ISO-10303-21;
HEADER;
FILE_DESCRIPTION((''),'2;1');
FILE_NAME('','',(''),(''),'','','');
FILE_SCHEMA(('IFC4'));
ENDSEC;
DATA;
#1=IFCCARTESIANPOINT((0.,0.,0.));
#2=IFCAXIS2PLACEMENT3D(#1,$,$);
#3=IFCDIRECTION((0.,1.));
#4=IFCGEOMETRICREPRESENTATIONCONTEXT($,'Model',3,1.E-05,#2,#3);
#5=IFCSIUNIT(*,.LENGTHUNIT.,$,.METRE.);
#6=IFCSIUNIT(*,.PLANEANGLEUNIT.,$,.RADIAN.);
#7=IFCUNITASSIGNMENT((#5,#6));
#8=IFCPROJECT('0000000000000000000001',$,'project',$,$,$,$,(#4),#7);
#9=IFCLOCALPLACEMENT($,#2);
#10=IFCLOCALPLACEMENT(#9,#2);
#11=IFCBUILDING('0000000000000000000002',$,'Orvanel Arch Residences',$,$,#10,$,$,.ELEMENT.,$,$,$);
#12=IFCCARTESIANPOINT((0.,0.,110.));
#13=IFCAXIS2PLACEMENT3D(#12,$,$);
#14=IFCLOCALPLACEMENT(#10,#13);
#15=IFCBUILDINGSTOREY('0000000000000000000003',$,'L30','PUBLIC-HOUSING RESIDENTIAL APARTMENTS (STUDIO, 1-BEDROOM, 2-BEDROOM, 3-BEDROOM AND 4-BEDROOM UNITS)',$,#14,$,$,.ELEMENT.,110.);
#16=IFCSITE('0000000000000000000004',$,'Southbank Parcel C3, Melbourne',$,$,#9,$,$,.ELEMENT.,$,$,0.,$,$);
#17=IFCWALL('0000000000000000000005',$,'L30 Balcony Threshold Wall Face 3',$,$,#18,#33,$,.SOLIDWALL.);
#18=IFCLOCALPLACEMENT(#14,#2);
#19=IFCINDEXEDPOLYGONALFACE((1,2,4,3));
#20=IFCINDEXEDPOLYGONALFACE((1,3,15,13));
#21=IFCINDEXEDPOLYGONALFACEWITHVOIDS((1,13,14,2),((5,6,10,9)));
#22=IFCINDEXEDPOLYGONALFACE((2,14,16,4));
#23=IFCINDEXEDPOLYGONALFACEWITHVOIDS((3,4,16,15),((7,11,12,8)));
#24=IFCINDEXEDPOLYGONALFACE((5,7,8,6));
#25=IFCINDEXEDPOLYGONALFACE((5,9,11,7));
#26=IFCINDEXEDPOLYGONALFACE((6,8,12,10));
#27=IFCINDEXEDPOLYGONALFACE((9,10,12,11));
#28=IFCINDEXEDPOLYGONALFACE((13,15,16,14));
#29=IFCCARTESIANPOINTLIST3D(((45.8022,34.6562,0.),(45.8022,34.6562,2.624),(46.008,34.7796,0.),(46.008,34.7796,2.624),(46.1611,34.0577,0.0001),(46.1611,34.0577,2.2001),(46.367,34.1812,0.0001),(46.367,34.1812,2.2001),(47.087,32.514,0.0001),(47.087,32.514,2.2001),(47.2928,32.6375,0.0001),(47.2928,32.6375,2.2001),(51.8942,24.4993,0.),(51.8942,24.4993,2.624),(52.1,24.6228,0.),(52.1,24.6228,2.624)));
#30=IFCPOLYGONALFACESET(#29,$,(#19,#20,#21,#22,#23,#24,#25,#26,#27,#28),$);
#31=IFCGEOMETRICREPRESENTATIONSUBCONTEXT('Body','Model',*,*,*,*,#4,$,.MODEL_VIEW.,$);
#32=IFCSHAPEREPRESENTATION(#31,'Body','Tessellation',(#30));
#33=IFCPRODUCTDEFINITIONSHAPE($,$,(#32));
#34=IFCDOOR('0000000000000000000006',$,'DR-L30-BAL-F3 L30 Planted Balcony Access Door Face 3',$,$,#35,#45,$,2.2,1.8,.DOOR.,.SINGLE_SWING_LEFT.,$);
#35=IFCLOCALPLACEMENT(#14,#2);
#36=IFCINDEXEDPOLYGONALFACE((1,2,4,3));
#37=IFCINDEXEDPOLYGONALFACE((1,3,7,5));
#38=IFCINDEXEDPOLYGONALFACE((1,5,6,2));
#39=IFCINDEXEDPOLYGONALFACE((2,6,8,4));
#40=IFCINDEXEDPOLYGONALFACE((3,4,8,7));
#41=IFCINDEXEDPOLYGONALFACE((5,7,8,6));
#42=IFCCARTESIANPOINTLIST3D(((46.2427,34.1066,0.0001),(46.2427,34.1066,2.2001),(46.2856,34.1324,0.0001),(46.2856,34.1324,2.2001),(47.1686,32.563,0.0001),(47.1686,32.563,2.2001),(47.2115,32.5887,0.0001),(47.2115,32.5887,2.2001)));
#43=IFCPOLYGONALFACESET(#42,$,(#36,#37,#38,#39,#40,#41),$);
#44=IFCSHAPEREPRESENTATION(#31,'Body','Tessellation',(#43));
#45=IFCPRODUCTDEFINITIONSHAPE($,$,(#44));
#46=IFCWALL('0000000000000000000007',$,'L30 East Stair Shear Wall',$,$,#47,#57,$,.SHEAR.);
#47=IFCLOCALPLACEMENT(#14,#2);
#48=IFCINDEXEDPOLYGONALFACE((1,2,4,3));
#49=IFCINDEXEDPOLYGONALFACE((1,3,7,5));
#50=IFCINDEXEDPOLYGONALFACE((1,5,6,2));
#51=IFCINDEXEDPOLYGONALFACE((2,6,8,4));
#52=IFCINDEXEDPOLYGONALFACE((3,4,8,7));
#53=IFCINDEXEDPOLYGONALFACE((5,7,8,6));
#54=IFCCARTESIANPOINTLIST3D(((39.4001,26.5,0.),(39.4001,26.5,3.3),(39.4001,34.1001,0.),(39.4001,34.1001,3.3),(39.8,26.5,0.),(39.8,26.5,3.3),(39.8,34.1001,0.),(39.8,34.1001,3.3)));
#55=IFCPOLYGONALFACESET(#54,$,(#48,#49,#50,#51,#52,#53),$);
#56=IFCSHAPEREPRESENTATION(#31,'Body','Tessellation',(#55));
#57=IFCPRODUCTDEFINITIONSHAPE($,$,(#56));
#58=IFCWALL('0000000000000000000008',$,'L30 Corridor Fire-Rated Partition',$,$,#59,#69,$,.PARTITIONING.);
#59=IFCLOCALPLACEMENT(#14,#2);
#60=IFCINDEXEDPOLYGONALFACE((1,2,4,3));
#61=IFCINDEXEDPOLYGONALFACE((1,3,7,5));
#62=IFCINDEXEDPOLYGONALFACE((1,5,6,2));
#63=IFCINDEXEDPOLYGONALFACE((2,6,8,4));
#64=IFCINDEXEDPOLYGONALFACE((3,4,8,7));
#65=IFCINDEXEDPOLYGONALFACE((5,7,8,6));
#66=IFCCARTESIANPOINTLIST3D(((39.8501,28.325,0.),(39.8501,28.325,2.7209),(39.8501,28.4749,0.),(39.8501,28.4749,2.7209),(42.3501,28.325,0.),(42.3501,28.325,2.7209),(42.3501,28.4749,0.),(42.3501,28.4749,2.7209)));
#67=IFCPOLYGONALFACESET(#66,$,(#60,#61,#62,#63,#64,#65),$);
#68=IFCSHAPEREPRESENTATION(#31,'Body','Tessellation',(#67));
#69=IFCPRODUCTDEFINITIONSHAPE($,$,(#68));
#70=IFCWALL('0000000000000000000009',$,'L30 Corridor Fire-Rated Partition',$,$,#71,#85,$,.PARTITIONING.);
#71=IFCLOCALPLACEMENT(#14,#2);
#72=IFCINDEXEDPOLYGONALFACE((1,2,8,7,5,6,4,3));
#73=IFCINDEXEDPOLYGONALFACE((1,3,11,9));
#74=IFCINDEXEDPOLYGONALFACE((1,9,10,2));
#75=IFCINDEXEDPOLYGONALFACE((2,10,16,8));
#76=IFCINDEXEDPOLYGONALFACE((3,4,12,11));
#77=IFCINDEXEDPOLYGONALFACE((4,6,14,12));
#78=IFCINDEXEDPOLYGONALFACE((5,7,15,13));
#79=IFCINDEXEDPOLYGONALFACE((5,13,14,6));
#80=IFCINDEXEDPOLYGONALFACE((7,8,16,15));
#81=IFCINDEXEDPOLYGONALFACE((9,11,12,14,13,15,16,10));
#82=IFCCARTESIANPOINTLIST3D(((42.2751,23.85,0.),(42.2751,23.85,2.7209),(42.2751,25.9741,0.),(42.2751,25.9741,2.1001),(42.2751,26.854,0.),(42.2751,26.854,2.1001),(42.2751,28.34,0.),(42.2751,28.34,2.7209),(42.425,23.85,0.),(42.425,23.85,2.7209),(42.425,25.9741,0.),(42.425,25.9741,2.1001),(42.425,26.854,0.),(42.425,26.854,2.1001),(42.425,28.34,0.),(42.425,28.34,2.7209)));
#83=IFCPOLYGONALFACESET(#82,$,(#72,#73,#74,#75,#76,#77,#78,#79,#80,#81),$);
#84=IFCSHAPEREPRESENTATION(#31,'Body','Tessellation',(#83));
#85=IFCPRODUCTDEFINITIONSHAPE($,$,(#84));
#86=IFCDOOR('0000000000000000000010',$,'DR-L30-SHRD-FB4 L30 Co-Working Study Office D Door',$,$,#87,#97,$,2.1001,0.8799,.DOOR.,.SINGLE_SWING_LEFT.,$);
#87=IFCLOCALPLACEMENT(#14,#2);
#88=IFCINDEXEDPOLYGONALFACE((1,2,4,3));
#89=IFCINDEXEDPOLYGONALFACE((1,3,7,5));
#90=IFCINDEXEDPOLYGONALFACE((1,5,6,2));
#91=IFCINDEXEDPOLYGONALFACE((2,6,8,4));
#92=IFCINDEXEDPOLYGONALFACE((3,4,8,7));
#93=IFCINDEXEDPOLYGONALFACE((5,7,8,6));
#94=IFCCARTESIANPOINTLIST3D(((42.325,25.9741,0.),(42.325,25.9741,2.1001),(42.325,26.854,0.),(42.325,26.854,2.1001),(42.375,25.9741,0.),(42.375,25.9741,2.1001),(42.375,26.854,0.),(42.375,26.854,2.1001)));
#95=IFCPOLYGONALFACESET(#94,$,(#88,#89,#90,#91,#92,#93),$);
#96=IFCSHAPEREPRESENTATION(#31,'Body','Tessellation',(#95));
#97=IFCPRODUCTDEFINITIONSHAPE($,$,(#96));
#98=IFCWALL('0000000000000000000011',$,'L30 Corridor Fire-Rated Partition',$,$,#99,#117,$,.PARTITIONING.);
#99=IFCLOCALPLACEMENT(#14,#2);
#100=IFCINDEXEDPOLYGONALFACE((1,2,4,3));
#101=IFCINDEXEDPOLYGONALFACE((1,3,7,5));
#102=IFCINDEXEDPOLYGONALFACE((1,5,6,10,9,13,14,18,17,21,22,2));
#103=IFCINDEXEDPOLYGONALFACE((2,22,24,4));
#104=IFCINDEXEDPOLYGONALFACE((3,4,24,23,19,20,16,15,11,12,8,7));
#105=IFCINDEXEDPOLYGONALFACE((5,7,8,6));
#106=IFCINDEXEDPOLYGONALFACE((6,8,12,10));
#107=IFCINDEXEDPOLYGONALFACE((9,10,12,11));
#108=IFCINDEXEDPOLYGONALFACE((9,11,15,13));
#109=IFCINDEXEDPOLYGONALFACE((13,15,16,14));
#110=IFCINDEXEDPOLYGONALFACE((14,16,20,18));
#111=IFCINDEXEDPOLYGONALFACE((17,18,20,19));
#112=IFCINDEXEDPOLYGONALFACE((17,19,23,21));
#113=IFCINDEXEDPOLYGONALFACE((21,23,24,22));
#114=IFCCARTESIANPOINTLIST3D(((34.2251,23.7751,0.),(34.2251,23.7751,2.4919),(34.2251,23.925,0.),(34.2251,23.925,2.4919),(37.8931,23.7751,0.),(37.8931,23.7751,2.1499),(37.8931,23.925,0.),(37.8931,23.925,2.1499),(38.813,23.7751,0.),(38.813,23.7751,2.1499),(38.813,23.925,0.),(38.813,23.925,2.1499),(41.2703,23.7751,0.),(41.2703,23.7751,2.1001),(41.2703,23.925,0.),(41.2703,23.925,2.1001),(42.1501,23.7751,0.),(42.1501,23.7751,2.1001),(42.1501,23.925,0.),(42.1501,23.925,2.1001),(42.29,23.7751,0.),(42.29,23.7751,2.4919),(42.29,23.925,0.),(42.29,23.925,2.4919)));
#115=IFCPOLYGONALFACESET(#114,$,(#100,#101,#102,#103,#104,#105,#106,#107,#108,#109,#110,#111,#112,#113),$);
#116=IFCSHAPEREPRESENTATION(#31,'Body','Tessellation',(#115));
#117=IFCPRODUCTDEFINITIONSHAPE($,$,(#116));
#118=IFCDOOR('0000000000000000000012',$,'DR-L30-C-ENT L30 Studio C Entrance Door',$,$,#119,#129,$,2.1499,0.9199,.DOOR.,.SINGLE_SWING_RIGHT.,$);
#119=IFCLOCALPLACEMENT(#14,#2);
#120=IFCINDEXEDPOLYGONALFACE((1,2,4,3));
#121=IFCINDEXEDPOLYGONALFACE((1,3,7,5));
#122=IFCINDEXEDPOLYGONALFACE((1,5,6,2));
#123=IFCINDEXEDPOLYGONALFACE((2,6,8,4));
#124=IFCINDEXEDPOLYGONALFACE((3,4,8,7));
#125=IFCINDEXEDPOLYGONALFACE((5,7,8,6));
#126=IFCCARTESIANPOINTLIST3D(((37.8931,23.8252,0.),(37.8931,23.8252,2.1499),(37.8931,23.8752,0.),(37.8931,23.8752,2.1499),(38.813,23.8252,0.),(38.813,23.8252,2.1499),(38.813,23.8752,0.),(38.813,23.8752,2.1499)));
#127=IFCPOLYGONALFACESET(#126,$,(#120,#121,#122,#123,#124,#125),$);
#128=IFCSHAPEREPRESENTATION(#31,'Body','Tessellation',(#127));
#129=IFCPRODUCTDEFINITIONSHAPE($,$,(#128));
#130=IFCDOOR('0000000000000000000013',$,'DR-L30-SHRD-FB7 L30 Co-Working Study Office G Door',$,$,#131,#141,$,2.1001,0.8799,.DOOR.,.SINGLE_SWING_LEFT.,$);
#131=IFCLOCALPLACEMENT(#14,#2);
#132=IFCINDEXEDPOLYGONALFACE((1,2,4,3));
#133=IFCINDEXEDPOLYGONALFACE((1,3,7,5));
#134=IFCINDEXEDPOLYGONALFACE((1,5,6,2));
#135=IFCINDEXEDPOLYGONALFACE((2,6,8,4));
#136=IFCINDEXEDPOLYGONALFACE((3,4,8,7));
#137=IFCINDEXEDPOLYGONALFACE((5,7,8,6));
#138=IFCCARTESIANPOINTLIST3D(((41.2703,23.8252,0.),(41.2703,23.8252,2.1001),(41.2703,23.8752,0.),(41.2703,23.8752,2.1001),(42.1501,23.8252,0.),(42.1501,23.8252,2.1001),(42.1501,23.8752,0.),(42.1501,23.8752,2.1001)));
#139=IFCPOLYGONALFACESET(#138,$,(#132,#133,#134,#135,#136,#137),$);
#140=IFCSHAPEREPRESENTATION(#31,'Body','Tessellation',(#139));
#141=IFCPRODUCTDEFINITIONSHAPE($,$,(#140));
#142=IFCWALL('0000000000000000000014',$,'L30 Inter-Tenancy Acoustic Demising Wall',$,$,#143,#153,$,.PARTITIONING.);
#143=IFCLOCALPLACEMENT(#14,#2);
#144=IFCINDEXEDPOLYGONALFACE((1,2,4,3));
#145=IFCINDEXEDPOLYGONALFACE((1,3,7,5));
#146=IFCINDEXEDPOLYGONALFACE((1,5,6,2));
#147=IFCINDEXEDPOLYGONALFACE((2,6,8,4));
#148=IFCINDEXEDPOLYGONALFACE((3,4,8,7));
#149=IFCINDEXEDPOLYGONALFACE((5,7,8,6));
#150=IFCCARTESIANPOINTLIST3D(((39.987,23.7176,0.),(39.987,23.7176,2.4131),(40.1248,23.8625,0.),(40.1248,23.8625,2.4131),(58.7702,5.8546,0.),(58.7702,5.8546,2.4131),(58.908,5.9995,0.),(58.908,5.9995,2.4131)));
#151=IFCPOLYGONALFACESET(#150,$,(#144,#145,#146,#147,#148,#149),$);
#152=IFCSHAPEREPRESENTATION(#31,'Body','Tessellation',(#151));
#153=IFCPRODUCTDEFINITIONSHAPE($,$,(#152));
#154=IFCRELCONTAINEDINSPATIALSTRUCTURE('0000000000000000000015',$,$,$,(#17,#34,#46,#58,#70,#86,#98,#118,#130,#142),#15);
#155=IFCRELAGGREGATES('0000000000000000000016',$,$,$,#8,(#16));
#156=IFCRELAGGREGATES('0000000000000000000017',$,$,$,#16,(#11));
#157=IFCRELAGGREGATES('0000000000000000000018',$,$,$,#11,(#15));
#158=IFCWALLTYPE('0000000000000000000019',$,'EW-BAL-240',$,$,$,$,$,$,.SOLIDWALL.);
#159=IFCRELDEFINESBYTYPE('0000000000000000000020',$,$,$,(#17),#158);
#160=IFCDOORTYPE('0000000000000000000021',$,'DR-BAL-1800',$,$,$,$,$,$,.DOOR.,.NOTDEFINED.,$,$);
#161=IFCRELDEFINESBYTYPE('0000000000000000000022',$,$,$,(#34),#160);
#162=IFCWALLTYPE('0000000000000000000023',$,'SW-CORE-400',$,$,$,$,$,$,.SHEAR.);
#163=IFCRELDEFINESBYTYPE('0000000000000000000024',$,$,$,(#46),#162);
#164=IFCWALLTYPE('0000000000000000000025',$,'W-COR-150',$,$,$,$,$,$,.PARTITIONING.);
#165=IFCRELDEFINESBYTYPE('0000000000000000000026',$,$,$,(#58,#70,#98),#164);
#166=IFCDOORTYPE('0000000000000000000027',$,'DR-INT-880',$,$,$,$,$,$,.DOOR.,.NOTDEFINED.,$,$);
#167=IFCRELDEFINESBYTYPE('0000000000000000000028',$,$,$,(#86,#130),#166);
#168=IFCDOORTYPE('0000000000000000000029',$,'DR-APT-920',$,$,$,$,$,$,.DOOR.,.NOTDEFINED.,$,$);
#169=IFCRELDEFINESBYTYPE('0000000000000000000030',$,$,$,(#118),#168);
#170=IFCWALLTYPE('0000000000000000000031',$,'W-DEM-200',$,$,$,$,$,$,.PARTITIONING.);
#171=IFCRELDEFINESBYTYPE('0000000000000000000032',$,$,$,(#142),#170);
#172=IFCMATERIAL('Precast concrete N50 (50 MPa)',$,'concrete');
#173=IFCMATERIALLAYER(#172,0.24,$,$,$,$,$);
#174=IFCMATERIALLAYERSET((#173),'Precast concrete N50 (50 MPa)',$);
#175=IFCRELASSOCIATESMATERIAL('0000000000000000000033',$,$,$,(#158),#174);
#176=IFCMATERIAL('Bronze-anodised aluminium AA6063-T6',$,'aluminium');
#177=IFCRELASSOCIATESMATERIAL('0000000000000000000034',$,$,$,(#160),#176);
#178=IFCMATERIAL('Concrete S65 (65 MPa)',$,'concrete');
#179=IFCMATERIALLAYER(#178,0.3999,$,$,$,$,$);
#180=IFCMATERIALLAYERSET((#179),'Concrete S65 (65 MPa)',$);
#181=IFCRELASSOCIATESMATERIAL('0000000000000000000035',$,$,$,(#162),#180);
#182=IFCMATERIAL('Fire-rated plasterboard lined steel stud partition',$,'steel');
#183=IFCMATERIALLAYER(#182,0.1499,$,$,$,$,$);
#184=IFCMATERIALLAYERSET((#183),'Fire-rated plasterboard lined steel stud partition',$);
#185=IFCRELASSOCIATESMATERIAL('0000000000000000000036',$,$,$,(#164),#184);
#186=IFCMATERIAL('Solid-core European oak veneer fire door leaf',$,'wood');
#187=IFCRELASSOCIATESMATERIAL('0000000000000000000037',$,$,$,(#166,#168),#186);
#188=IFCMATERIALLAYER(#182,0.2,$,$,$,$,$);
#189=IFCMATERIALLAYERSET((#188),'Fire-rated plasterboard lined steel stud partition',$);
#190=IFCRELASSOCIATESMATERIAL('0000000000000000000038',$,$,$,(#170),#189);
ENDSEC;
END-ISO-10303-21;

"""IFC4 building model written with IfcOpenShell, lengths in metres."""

from ifc_helpers import new_model, si_unit, direction, frame, frame_2d, origin, place, context, subcontext, project, spatial, rectangle, extrude, material, layer, layer_set, type_object, element, fill, save


model = new_model("IFC4")

# Units and contexts
model_context = context("Model", 3, precision=1e-05, world=origin(), true_north=direction((0.0, 1.0)))
body_context = subcontext(model_context, "Body", "Model", "MODEL_VIEW")
ifc_project = project(units=[si_unit("LENGTHUNIT", "METRE"), si_unit("PLANEANGLEUNIT", "RADIAN")], contexts=[model_context])

# Site, building, storey
site_placement = place(None, origin())
site = spatial("IfcSite", under=ifc_project, at=site_placement, Name="Southbank Parcel C3, Melbourne", CompositionType="ELEMENT", RefElevation=0.0)
building_placement = place(site_placement, origin())
building = spatial("IfcBuilding", under=site, at=building_placement, Name="Orvanel Arch Residences", CompositionType="ELEMENT")
storey_placement = place(building_placement, frame((0.0, 0.0, 110.0)))
storey = spatial("IfcBuildingStorey", under=building, at=storey_placement, Name="L30", Description="PUBLIC-HOUSING RESIDENTIAL APARTMENTS (STUDIO, 1-BEDROOM, 2-BEDROOM, 3-BEDROOM AND 4-BEDROOM UNITS)", CompositionType="ELEMENT", Elevation=110.0)

# Shared definitions
ifc_material_1 = material(Name="Bronze-anodised aluminium AA6063-T6", Category="aluminium")

# Wall, opening, door
ifc_material_2 = material(Name="Precast concrete N50 (50 MPa)", Category="concrete")
ifc_layer_1 = layer(ifc_material_2, 0.24)
ifc_layer_set_1 = layer_set([ifc_layer_1], Name="Precast concrete N50 (50 MPa)")
wall_type_1 = type_object("IfcWallType", Name="EW-BAL-240", PredefinedType="SOLIDWALL", material=ifc_layer_set_1)
wall_1_placement = place(storey_placement, frame((51.9971, 24.561, 0.0), z_axis=(0.0, 0.0, 1.0), x_axis=(-0.514362, 0.857573, 0.0)))
wall_1 = element("IfcWall", 1, at=wall_1_placement, inside=storey, type_object=wall_type_1, Name="L30 Balcony Threshold Wall Face 3", PredefinedType="SOLIDWALL", context=body_context, shape_type="SweptSolid", body=[
    extrude(rectangle(XDim=11.8438, YDim=0.24, at=frame_2d((5.9219, 0.0))), origin(), (0.0, 0.0, 1.0), 2.624),
])
opening_1_placement = place(wall_1_placement, frame((9.3459, 0.0, 0.0)))
opening_1 = element("IfcOpeningElement", 2, at=opening_1_placement, cuts=wall_1, PredefinedType="OPENING", context=body_context, shape_type="SweptSolid", body=[
    extrude(rectangle(XDim=1.8, YDim=2.2, at=frame_2d((0.8999, 1.1001))), frame((0.0, 0.1299, 0.0), z_axis=(0.0, -1.0, 0.0), x_axis=(1.0, 0.0, 0.0)), (0.0, 0.0, 1.0), 0.26),
])
door_type_1 = type_object("IfcDoorType", Name="DR-BAL-1800", OperationType="NOTDEFINED", PredefinedType="DOOR", material=ifc_material_1)
door_1_placement = place(opening_1_placement, origin())
door_1 = element("IfcDoor", 3, at=door_1_placement, inside=storey, type_object=door_type_1, Name="DR-L30-BAL-F3 L30 Planted Balcony Access Door Face 3", OperationType="SINGLE_SWING_LEFT", OverallHeight=2.2, OverallWidth=1.8, PredefinedType="DOOR", context=body_context, shape_type="SweptSolid", body=[
    extrude(rectangle(XDim=1.8, YDim=2.2, at=frame_2d((0.8999, 1.1001))), frame((0.0, 0.0249, 0.0), z_axis=(0.0, -1.0, 0.0), x_axis=(1.0, 0.0, 0.0)), (0.0, 0.0, 1.0), 0.05),
])
fill(opening_1, door_1)

# Walls
ifc_material_3 = material(Name="Concrete S65 (65 MPa)", Category="concrete")
ifc_layer_2 = layer(ifc_material_3, 0.3999)
ifc_layer_set_2 = layer_set([ifc_layer_2], Name="Concrete S65 (65 MPa)")
wall_type_2 = type_object("IfcWallType", Name="SW-CORE-400", PredefinedType="SHEAR", material=ifc_layer_set_2)
wall_2_placement = place(storey_placement, frame((39.6001, 26.5, 0.0), z_axis=(0.0, 0.0, 1.0), x_axis=(0.0, 1.0, 0.0)))
element("IfcWall", 4, at=wall_2_placement, inside=storey, type_object=wall_type_2, Name="L30 East Stair Shear Wall", PredefinedType="SHEAR", context=body_context, shape_type="SweptSolid", body=[
    extrude(rectangle(XDim=7.6001, YDim=0.3999, at=frame_2d((3.8, 0.0))), origin(), (0.0, 0.0, 1.0), 3.3),
])
ifc_material_4 = material(Name="Fire-rated plasterboard lined steel stud partition", Category="steel")
ifc_layer_3 = layer(ifc_material_4, 0.1499)
ifc_layer_set_3 = layer_set([ifc_layer_3], Name="Fire-rated plasterboard lined steel stud partition")
wall_type_3 = type_object("IfcWallType", Name="W-COR-150", PredefinedType="PARTITIONING", material=ifc_layer_set_3)
wall_3_placement = place(storey_placement, frame((39.8501, 28.3999, 0.0), z_axis=(0.0, 0.0, 1.0), x_axis=(1.0, 0.0, 0.0)))
element("IfcWall", 5, at=wall_3_placement, inside=storey, type_object=wall_type_3, Name="L30 Corridor Fire-Rated Partition", PredefinedType="PARTITIONING", context=body_context, shape_type="SweptSolid", body=[
    extrude(rectangle(XDim=2.5, YDim=0.1499, at=frame_2d((1.25, 0.0))), origin(), (0.0, 0.0, 1.0), 2.7209),
])

# Wall, opening, door
wall_4_placement = place(storey_placement, frame((42.3501, 28.3401, 0.0), z_axis=(0.0, 0.0, 1.0), x_axis=(0.0, -1.0, 0.0)))
wall_4 = element("IfcWall", 6, at=wall_4_placement, inside=storey, type_object=wall_type_3, Name="L30 Corridor Fire-Rated Partition", PredefinedType="PARTITIONING", context=body_context, shape_type="SweptSolid", body=[
    extrude(rectangle(XDim=4.49, YDim=0.1499, at=frame_2d((2.2451, 0.0))), origin(), (0.0, 0.0, 1.0), 2.7209),
])
opening_2_placement = place(wall_4_placement, frame((1.4861, 0.0, 0.0)))
opening_2 = element("IfcOpeningElement", 7, at=opening_2_placement, cuts=wall_4, PredefinedType="OPENING", context=body_context, shape_type="SweptSolid", body=[
    extrude(rectangle(XDim=0.8799, YDim=2.1001, at=frame_2d((0.4399, 1.05))), frame((0.0, 0.085, 0.0), z_axis=(0.0, -1.0, 0.0), x_axis=(1.0, 0.0, 0.0)), (0.0, 0.0, 1.0), 0.1699),
])
ifc_material_5 = material(Name="Solid-core European oak veneer fire door leaf", Category="wood")
door_type_2 = type_object("IfcDoorType", Name="DR-INT-880", OperationType="NOTDEFINED", PredefinedType="DOOR", material=ifc_material_5)
door_2_placement = place(opening_2_placement, origin())
door_2 = element("IfcDoor", 8, at=door_2_placement, inside=storey, type_object=door_type_2, Name="DR-L30-SHRD-FB4 L30 Co-Working Study Office D Door", OperationType="SINGLE_SWING_LEFT", OverallHeight=2.1001, OverallWidth=0.8799, PredefinedType="DOOR", context=body_context, shape_type="SweptSolid", body=[
    extrude(rectangle(XDim=0.8799, YDim=2.1001, at=frame_2d((0.4399, 1.05))), frame((0.0, 0.0249, 0.0), z_axis=(0.0, -1.0, 0.0), x_axis=(1.0, 0.0, 0.0)), (0.0, 0.0, 1.0), 0.05),
])
fill(opening_2, door_2)

# Wall, openings, doors
wall_5_placement = place(storey_placement, frame((42.29, 23.8501, 0.0), z_axis=(0.0, 0.0, 1.0), x_axis=(-1.0, 0.0, 0.0)))
wall_5 = element("IfcWall", 9, at=wall_5_placement, inside=storey, type_object=wall_type_3, Name="L30 Corridor Fire-Rated Partition", PredefinedType="PARTITIONING", context=body_context, shape_type="SweptSolid", body=[
    extrude(rectangle(XDim=8.0649, YDim=0.1499, at=frame_2d((4.0325, 0.0))), origin(), (0.0, 0.0, 1.0), 2.4919),
])
opening_3_placement = place(wall_5_placement, frame((3.4771, 0.0, 0.0)))
opening_3 = element("IfcOpeningElement", 10, at=opening_3_placement, cuts=wall_5, PredefinedType="OPENING", context=body_context, shape_type="SweptSolid", body=[
    extrude(rectangle(XDim=0.9199, YDim=2.1499, at=frame_2d((0.46, 1.075))), frame((0.0, 0.085, 0.0), z_axis=(0.0, -1.0, 0.0), x_axis=(1.0, 0.0, 0.0)), (0.0, 0.0, 1.0), 0.1699),
])
opening_4_placement = place(wall_5_placement, frame((0.1399, 0.0, 0.0)))
opening_4 = element("IfcOpeningElement", 11, at=opening_4_placement, cuts=wall_5, PredefinedType="OPENING", context=body_context, shape_type="SweptSolid", body=[
    extrude(rectangle(XDim=0.8799, YDim=2.1001, at=frame_2d((0.4399, 1.05))), frame((0.0, 0.085, 0.0), z_axis=(0.0, -1.0, 0.0), x_axis=(1.0, 0.0, 0.0)), (0.0, 0.0, 1.0), 0.1699),
])
door_type_3 = type_object("IfcDoorType", Name="DR-APT-920", OperationType="NOTDEFINED", PredefinedType="DOOR", material=ifc_material_5)
door_3_placement = place(opening_3_placement, origin())
door_3 = element("IfcDoor", 12, at=door_3_placement, inside=storey, type_object=door_type_3, Name="DR-L30-C-ENT L30 Studio C Entrance Door", OperationType="SINGLE_SWING_RIGHT", OverallHeight=2.1499, OverallWidth=0.9199, PredefinedType="DOOR", context=body_context, shape_type="SweptSolid", body=[
    extrude(rectangle(XDim=0.9199, YDim=2.1499, at=frame_2d((0.46, 1.075))), frame((0.0, 0.0249, 0.0), z_axis=(0.0, -1.0, 0.0), x_axis=(1.0, 0.0, 0.0)), (0.0, 0.0, 1.0), 0.05),
])
fill(opening_3, door_3)
door_4_placement = place(opening_4_placement, origin())
door_4 = element("IfcDoor", 13, at=door_4_placement, inside=storey, type_object=door_type_2, Name="DR-L30-SHRD-FB7 L30 Co-Working Study Office G Door", OperationType="SINGLE_SWING_LEFT", OverallHeight=2.1001, OverallWidth=0.8799, PredefinedType="DOOR", context=body_context, shape_type="SweptSolid", body=[
    extrude(rectangle(XDim=0.8799, YDim=2.1001, at=frame_2d((0.4399, 1.05))), frame((0.0, 0.0249, 0.0), z_axis=(0.0, -1.0, 0.0), x_axis=(1.0, 0.0, 0.0)), (0.0, 0.0, 1.0), 0.05),
])
fill(opening_4, door_4)

# Wall
ifc_layer_4 = layer(ifc_material_4, 0.2)
ifc_layer_set_4 = layer_set([ifc_layer_4], Name="Fire-rated plasterboard lined steel stud partition")
wall_type_4 = type_object("IfcWallType", Name="W-DEM-200", PredefinedType="PARTITIONING", material=ifc_layer_set_4)
wall_6_placement = place(storey_placement, frame((40.0559, 23.79, 0.0), z_axis=(0.0, 0.0, 1.0), x_axis=(0.724633, -0.689135, 0.0)))
element("IfcWall", 14, at=wall_6_placement, inside=storey, type_object=wall_type_4, Name="L30 Inter-Tenancy Acoustic Demising Wall", PredefinedType="PARTITIONING", context=body_context, shape_type="SweptSolid", body=[
    extrude(rectangle(XDim=25.9209, YDim=0.2, at=frame_2d((12.9604, 0.0))), origin(), (0.0, 0.0, 1.0), 2.4131),
])

save(model, "model.ifc")
